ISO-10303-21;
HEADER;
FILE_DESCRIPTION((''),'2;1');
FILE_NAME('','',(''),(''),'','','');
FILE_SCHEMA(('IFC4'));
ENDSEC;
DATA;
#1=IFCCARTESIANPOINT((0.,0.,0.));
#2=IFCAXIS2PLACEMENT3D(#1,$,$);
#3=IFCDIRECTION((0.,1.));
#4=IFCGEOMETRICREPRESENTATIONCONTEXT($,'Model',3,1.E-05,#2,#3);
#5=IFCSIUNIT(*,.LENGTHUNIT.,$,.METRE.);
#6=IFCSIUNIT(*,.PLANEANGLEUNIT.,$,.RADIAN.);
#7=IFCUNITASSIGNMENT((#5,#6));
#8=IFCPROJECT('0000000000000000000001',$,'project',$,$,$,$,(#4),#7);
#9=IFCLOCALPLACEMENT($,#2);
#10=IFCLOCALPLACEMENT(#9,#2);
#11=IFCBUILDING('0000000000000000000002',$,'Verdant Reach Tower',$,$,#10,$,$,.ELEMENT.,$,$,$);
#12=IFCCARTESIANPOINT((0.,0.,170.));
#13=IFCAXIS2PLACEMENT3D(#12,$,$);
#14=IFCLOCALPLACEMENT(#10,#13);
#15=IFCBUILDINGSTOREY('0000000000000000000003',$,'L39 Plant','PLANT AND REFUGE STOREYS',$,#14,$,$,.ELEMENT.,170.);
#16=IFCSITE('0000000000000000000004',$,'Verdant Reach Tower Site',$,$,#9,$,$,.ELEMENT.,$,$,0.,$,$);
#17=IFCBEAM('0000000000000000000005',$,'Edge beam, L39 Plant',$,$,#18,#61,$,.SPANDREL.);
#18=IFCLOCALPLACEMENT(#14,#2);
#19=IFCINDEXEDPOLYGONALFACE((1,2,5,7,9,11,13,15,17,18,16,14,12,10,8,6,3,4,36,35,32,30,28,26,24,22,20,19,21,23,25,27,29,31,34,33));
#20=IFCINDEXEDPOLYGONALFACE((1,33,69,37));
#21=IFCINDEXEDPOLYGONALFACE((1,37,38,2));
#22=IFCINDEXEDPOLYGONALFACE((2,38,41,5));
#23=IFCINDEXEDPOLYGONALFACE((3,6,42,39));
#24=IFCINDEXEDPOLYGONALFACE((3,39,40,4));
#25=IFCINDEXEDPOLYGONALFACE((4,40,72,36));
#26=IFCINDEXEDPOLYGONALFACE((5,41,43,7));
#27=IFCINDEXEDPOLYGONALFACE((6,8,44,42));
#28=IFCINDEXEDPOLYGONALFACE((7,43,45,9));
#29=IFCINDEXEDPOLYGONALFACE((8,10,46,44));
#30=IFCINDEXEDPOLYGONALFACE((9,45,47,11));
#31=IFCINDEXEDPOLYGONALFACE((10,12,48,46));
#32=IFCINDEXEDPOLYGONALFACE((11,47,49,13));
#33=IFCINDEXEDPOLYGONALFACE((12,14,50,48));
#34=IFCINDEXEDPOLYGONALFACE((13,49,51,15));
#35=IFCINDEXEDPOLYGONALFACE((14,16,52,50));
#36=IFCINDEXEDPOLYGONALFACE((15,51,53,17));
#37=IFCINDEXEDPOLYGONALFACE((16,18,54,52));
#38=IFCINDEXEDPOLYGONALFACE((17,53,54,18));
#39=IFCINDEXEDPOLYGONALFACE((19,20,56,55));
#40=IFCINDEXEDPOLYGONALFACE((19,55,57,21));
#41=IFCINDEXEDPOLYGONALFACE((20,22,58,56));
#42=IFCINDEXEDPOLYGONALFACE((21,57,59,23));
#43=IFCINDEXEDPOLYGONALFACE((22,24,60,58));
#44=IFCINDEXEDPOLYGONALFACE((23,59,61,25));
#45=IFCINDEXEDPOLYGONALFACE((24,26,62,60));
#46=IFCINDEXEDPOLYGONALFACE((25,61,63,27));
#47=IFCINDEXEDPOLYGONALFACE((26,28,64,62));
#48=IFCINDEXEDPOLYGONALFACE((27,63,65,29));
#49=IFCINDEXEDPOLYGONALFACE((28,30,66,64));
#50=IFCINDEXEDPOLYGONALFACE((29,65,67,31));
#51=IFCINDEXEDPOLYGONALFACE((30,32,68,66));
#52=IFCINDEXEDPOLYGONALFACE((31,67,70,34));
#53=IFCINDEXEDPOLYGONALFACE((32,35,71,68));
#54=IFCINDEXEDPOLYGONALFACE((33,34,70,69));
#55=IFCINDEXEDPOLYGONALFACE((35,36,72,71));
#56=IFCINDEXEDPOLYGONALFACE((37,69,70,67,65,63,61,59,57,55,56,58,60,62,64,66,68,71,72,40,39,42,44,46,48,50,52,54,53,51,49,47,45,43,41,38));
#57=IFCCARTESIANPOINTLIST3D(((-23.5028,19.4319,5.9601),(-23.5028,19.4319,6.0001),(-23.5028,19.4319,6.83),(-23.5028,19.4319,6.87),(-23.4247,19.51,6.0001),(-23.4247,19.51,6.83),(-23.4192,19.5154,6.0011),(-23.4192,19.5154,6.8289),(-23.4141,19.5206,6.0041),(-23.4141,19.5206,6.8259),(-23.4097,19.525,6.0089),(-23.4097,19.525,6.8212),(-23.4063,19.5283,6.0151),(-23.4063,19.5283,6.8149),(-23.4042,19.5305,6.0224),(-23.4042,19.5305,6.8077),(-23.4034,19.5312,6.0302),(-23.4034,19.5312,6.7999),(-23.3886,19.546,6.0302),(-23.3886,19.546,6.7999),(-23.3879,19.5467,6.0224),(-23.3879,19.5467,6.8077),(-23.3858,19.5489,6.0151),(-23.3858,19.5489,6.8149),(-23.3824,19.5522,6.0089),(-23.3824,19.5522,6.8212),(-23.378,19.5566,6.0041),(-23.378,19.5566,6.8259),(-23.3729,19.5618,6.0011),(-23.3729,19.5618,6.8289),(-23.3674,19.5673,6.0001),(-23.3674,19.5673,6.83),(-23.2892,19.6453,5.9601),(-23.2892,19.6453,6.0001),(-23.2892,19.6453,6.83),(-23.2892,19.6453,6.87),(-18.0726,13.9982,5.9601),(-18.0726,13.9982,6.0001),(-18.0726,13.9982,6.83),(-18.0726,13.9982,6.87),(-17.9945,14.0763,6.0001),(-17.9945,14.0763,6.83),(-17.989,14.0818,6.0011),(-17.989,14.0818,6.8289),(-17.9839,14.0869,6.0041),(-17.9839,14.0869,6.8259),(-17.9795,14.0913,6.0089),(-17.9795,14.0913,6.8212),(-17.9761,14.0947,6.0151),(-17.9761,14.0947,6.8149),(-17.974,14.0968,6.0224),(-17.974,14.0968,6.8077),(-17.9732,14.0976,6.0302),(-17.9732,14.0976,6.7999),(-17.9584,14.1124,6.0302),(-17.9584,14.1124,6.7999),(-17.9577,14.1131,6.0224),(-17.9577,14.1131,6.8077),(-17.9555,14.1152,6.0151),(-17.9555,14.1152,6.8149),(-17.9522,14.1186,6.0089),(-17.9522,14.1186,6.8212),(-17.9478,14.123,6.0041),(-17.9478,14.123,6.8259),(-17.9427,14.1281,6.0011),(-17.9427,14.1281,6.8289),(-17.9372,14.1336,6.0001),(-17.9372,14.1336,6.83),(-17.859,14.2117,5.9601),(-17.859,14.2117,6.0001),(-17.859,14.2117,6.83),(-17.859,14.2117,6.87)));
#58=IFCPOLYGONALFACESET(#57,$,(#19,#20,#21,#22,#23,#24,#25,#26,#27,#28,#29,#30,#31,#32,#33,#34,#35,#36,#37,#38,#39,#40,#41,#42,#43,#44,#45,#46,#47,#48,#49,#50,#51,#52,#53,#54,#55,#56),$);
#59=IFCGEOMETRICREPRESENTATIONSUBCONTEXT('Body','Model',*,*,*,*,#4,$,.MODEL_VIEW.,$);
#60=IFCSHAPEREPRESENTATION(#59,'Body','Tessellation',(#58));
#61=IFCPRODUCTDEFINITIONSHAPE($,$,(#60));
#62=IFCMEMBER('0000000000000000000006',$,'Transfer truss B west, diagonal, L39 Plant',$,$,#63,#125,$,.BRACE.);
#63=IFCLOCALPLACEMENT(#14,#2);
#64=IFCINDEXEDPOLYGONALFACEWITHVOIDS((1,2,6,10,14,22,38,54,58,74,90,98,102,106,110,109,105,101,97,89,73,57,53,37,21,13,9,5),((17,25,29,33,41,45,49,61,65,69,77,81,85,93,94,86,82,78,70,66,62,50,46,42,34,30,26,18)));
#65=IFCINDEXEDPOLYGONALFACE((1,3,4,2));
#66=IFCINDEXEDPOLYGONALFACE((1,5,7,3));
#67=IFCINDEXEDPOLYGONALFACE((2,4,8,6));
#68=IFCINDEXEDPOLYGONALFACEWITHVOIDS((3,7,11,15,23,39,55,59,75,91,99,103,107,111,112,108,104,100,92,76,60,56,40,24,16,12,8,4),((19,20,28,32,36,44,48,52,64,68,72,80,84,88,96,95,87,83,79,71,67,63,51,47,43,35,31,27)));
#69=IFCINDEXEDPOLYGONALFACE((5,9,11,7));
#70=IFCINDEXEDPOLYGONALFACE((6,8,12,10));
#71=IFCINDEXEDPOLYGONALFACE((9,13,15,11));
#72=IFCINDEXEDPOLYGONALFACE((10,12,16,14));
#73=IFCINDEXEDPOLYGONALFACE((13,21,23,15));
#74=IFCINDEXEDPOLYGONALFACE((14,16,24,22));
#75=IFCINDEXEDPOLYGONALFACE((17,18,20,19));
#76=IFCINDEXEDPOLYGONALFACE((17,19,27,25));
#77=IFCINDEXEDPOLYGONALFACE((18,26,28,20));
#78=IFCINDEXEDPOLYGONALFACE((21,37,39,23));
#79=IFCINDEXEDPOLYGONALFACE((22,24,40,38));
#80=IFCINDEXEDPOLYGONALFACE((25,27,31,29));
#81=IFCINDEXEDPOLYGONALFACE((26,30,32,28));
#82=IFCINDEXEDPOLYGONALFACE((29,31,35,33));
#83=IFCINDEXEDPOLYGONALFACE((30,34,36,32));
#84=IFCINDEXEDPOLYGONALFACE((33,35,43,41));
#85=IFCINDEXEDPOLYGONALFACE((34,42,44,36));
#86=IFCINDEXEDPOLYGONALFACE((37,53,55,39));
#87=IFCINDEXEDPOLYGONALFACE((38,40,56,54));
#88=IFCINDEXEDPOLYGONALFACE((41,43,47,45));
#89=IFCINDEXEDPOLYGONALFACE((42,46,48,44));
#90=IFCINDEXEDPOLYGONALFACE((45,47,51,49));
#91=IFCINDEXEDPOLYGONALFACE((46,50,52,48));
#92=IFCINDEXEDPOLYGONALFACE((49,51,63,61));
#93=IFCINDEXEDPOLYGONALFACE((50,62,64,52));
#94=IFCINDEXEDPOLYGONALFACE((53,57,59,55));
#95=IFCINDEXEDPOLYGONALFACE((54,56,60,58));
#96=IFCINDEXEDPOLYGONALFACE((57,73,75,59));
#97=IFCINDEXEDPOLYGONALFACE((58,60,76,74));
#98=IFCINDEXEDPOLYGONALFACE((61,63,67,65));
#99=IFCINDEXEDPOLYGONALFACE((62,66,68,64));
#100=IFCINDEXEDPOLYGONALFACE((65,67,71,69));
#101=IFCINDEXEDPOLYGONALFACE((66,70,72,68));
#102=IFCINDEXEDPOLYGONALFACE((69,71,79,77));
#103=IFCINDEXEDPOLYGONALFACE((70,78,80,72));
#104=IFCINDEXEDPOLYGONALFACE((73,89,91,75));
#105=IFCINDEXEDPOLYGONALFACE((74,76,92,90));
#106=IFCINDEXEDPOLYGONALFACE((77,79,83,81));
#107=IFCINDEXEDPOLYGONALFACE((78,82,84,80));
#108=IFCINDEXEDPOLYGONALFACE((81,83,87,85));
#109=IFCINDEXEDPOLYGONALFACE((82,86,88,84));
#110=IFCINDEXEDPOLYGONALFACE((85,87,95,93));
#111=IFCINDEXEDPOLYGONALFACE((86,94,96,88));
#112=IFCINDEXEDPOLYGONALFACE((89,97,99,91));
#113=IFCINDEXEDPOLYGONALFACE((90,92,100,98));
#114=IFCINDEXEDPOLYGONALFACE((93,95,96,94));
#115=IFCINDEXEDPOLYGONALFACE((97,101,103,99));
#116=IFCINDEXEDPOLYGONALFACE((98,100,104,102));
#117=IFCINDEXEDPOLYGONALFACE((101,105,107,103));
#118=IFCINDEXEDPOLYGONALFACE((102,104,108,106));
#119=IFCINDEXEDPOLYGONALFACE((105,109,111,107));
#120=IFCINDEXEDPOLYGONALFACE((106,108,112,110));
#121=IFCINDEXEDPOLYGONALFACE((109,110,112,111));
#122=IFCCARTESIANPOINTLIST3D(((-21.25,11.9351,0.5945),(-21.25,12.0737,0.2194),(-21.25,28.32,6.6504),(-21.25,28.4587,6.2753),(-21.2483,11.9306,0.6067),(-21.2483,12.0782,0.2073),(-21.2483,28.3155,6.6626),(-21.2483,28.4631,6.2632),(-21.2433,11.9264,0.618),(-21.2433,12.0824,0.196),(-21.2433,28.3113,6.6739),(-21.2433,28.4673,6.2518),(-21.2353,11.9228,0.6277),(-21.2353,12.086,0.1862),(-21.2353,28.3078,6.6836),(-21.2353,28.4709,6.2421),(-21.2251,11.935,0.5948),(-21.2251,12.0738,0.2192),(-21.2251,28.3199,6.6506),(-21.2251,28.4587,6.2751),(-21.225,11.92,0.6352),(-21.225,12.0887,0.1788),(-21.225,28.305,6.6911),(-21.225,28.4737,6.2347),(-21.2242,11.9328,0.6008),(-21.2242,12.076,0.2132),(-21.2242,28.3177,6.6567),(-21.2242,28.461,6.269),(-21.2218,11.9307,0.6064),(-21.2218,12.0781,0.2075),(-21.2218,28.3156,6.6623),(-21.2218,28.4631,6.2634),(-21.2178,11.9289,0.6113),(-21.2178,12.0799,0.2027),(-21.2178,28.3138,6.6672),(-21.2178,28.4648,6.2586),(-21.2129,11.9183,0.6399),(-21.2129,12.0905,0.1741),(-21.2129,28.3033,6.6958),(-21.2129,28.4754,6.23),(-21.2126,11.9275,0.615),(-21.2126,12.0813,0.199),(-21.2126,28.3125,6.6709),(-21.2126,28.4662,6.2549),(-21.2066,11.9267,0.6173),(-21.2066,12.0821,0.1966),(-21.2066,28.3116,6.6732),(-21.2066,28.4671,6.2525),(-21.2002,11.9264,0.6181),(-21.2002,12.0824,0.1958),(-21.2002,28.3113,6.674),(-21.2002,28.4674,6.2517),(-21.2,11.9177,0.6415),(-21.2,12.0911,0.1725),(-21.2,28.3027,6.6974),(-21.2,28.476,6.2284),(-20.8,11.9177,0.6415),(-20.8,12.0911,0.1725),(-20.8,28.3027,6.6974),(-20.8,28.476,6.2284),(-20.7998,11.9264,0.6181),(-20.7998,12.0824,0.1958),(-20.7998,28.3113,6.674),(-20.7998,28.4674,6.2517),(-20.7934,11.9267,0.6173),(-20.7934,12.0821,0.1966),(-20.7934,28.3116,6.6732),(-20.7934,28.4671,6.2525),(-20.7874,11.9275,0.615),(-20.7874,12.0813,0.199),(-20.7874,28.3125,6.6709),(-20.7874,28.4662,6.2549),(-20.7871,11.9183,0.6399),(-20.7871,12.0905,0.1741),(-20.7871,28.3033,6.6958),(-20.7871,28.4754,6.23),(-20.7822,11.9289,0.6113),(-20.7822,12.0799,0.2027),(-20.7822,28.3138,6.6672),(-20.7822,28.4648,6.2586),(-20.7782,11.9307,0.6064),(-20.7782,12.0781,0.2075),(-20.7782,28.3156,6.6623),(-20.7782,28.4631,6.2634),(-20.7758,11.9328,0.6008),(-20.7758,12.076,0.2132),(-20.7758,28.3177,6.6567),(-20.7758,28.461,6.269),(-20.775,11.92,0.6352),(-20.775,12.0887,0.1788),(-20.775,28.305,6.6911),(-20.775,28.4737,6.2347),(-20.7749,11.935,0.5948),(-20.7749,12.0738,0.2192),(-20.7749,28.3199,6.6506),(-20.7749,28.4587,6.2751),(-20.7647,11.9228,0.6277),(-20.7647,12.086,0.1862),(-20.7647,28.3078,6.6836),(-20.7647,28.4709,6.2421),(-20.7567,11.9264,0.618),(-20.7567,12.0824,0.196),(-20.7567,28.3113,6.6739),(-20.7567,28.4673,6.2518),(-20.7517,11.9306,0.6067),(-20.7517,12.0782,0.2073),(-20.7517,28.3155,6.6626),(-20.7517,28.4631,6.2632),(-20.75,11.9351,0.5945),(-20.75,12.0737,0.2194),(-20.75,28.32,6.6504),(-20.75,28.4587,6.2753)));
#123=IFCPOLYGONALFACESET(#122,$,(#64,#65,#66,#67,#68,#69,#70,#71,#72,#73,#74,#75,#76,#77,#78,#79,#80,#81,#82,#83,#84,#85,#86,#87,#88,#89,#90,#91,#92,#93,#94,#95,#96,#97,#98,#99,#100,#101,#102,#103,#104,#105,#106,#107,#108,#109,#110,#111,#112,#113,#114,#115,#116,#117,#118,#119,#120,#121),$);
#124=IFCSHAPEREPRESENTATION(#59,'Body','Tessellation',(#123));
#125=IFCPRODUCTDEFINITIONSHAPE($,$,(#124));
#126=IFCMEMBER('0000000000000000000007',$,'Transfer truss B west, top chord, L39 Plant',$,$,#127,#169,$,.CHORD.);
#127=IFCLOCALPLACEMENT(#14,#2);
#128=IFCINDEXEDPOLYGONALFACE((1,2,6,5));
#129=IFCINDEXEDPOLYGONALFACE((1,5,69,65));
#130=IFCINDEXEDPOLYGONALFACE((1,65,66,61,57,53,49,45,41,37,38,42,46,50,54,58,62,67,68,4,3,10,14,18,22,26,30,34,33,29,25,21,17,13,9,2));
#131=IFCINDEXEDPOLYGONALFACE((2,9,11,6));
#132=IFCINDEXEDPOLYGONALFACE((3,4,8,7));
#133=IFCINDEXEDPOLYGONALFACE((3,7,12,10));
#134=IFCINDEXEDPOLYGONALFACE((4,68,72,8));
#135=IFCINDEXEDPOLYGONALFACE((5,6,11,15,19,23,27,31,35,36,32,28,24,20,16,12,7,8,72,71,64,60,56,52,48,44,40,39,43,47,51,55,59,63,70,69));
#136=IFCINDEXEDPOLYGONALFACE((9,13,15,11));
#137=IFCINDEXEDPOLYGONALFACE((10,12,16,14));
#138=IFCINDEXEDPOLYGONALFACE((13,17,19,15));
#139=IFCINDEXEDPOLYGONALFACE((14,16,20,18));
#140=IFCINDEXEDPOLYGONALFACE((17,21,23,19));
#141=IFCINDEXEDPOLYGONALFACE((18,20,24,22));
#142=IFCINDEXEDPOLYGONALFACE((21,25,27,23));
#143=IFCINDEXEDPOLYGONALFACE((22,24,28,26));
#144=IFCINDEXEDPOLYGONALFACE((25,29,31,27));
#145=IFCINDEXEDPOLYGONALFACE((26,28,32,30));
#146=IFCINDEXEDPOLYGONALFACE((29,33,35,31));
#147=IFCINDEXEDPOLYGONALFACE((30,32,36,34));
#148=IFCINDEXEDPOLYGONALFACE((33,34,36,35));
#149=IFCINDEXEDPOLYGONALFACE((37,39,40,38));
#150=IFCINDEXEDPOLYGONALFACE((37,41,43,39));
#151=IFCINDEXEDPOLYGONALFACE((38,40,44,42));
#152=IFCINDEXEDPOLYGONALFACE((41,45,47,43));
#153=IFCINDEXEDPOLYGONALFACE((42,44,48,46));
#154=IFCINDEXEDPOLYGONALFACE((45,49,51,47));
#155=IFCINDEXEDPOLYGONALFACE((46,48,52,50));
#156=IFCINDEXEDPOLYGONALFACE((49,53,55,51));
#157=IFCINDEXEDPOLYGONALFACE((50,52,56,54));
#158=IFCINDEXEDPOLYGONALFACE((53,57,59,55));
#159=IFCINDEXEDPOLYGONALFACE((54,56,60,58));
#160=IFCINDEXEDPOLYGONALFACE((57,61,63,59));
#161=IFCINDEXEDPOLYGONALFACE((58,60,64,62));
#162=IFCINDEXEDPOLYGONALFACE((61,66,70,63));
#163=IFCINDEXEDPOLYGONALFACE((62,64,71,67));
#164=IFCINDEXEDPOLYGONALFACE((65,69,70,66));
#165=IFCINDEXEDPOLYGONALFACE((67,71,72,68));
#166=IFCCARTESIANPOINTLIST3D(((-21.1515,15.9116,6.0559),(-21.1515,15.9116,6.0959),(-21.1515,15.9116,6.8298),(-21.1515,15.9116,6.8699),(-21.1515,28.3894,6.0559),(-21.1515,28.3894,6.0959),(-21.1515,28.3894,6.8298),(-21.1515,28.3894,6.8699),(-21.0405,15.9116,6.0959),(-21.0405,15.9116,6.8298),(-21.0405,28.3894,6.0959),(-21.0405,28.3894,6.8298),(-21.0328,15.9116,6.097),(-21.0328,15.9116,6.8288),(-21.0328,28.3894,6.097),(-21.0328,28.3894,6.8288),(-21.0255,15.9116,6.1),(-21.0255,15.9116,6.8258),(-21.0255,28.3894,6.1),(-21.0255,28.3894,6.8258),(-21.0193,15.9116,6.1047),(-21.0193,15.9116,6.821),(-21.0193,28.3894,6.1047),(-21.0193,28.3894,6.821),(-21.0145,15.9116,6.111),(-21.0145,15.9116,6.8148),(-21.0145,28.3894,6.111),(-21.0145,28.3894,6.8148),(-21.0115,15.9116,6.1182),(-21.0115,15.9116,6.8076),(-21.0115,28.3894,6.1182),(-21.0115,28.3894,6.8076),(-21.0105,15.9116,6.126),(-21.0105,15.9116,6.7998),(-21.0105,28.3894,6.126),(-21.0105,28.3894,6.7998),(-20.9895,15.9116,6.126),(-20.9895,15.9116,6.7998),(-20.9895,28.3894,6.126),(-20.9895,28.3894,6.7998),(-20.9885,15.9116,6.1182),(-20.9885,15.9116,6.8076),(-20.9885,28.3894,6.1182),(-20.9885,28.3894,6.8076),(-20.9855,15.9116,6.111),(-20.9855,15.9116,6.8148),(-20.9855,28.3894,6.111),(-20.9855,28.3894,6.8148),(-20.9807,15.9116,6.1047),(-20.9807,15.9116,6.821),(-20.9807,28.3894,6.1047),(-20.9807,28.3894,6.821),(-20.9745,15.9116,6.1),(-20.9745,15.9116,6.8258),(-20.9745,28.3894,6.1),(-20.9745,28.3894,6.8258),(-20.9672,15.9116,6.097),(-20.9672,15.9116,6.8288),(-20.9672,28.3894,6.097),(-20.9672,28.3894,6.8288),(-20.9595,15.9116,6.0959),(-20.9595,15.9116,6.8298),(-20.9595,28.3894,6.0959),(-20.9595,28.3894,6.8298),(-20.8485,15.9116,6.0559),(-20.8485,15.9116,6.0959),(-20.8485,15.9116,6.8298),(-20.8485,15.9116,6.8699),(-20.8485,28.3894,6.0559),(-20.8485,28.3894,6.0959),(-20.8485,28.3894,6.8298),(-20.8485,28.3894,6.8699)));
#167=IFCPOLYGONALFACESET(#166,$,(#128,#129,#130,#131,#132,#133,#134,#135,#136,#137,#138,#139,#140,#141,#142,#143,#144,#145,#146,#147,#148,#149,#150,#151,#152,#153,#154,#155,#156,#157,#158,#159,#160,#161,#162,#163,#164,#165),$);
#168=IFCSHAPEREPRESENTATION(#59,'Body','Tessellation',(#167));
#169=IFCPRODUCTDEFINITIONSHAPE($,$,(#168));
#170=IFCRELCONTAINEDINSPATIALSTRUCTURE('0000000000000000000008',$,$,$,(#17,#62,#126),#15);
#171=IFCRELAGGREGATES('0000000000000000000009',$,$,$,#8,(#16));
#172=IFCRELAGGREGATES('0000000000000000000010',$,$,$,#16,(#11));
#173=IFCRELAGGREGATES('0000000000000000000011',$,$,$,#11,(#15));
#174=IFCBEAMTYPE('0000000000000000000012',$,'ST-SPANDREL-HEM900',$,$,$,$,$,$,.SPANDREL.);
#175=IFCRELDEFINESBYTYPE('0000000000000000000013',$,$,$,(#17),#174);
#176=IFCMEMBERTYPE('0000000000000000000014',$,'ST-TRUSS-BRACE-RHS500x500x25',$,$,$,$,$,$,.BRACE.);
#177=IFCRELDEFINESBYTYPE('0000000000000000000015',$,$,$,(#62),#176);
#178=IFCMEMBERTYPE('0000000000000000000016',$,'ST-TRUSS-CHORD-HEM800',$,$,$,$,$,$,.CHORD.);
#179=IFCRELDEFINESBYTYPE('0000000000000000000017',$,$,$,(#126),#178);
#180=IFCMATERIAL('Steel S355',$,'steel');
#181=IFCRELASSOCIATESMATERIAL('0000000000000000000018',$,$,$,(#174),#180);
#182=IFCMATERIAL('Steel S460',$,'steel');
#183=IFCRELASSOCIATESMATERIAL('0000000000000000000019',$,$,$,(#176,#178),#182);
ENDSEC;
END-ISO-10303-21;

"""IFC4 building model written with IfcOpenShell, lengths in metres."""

from ifc_helpers import new_model, si_unit, direction, frame, origin, origin_2d, place, context, subcontext, project, spatial, hollow_rectangle, i_section, extrude, material, material_profile, profile_set, type_object, element, save


model = new_model("IFC4")

# Units and contexts
model_context = context("Model", 3, precision=1e-05, world=origin(), true_north=direction((0.0, 1.0)))
body_context = subcontext(model_context, "Body", "Model", "MODEL_VIEW")
ifc_project = project(units=[si_unit("LENGTHUNIT", "METRE"), si_unit("PLANEANGLEUNIT", "RADIAN")], contexts=[model_context])

# Site, building, storey
site_placement = place(None, origin())
site = spatial("IfcSite", under=ifc_project, at=site_placement, Name="Verdant Reach Tower Site", CompositionType="ELEMENT", RefElevation=0.0)
building_placement = place(site_placement, origin())
building = spatial("IfcBuilding", under=site, at=building_placement, Name="Verdant Reach Tower", CompositionType="ELEMENT")
storey_placement = place(building_placement, frame((0.0, 0.0, 170.0)))
storey = spatial("IfcBuildingStorey", under=building, at=storey_placement, Name="L39 Plant", Description="PLANT AND REFUGE STOREYS", CompositionType="ELEMENT", Elevation=170.0)

# Shared definitions
ifc_material_1 = material(Name="Steel S460", Category="steel")

# Beam
ifc_material_2 = material(Name="Steel S355", Category="steel")
ifc_material_profile_1 = material_profile(ifc_material_2, i_section(OverallWidth=0.302, OverallDepth=0.9099, WebThickness=0.021, FlangeThickness=0.04, FilletRadius=0.03, at=origin_2d()), Name="HEM 900")
ifc_profile_set_1 = profile_set([ifc_material_profile_1], Name="Steel S355")
beam_type_1 = type_object("IfcBeamType", Name="ST-SPANDREL-HEM900", PredefinedType="SPANDREL", material=ifc_profile_set_1)
beam_1_placement = place(storey_placement, frame((-17.9658, 14.105, 6.415), z_axis=(-0.706884, 0.707329, 0.0), x_axis=(-0.707329, -0.706884, 0.0)))
element("IfcBeam", 1, at=beam_1_placement, inside=storey, type_object=beam_type_1, Name="Edge beam, L39 Plant", PredefinedType="SPANDREL", context=body_context, shape_type="SweptSolid", body=[
    extrude(i_section(OverallWidth=0.302, OverallDepth=0.9099, WebThickness=0.021, FlangeThickness=0.04, FilletRadius=0.03, at=origin_2d()), origin(), (0.0, 0.0, 1.0), 7.6819),
])

# Members
ifc_material_profile_2 = material_profile(ifc_material_1, hollow_rectangle(XDim=0.5, YDim=0.5, WallThickness=0.0249, InnerFilletRadius=0.0249, OuterFilletRadius=0.05, at=origin_2d()), Name="RHS 500x500x25")
ifc_profile_set_2 = profile_set([ifc_material_profile_2], Name="Steel S460")
member_type_1 = type_object("IfcMemberType", Name="ST-TRUSS-BRACE-RHS500x500x25", PredefinedType="BRACE", material=ifc_profile_set_2)
member_1_placement = place(storey_placement, frame((-21.0, 12.0044, 0.407), z_axis=(0.0, 0.937984, 0.346679), x_axis=(-1.0, 0.0, 0.0)))
element("IfcMember", 2, at=member_1_placement, inside=storey, type_object=member_type_1, Name="Transfer truss B west, diagonal, L39 Plant", PredefinedType="BRACE", context=body_context, shape_type="SweptSolid", body=[
    extrude(hollow_rectangle(XDim=0.5, YDim=0.5, WallThickness=0.0249, InnerFilletRadius=0.0249, OuterFilletRadius=0.05, at=origin_2d()), origin(), (0.0, 0.0, 1.0), 17.4683),
])
ifc_material_profile_3 = material_profile(ifc_material_1, i_section(OverallWidth=0.303, OverallDepth=0.814, WebThickness=0.021, FlangeThickness=0.04, FilletRadius=0.03, at=origin_2d()), Name="HEM 800")
ifc_profile_set_3 = profile_set([ifc_material_profile_3], Name="Steel S460")
member_type_2 = type_object("IfcMemberType", Name="ST-TRUSS-CHORD-HEM800", PredefinedType="CHORD", material=ifc_profile_set_3)
member_2_placement = place(storey_placement, frame((-21.0, 15.9116, 6.4629), z_axis=(0.0, 1.0, 0.0), x_axis=(-1.0, 0.0, 0.0)))
element("IfcMember", 3, at=member_2_placement, inside=storey, type_object=member_type_2, Name="Transfer truss B west, top chord, L39 Plant", PredefinedType="CHORD", context=body_context, shape_type="SweptSolid", body=[
    extrude(i_section(OverallWidth=0.303, OverallDepth=0.814, WebThickness=0.021, FlangeThickness=0.04, FilletRadius=0.03, at=origin_2d()), origin(), (0.0, 0.0, 1.0), 12.4778),
])

save(model, "model.ifc")
